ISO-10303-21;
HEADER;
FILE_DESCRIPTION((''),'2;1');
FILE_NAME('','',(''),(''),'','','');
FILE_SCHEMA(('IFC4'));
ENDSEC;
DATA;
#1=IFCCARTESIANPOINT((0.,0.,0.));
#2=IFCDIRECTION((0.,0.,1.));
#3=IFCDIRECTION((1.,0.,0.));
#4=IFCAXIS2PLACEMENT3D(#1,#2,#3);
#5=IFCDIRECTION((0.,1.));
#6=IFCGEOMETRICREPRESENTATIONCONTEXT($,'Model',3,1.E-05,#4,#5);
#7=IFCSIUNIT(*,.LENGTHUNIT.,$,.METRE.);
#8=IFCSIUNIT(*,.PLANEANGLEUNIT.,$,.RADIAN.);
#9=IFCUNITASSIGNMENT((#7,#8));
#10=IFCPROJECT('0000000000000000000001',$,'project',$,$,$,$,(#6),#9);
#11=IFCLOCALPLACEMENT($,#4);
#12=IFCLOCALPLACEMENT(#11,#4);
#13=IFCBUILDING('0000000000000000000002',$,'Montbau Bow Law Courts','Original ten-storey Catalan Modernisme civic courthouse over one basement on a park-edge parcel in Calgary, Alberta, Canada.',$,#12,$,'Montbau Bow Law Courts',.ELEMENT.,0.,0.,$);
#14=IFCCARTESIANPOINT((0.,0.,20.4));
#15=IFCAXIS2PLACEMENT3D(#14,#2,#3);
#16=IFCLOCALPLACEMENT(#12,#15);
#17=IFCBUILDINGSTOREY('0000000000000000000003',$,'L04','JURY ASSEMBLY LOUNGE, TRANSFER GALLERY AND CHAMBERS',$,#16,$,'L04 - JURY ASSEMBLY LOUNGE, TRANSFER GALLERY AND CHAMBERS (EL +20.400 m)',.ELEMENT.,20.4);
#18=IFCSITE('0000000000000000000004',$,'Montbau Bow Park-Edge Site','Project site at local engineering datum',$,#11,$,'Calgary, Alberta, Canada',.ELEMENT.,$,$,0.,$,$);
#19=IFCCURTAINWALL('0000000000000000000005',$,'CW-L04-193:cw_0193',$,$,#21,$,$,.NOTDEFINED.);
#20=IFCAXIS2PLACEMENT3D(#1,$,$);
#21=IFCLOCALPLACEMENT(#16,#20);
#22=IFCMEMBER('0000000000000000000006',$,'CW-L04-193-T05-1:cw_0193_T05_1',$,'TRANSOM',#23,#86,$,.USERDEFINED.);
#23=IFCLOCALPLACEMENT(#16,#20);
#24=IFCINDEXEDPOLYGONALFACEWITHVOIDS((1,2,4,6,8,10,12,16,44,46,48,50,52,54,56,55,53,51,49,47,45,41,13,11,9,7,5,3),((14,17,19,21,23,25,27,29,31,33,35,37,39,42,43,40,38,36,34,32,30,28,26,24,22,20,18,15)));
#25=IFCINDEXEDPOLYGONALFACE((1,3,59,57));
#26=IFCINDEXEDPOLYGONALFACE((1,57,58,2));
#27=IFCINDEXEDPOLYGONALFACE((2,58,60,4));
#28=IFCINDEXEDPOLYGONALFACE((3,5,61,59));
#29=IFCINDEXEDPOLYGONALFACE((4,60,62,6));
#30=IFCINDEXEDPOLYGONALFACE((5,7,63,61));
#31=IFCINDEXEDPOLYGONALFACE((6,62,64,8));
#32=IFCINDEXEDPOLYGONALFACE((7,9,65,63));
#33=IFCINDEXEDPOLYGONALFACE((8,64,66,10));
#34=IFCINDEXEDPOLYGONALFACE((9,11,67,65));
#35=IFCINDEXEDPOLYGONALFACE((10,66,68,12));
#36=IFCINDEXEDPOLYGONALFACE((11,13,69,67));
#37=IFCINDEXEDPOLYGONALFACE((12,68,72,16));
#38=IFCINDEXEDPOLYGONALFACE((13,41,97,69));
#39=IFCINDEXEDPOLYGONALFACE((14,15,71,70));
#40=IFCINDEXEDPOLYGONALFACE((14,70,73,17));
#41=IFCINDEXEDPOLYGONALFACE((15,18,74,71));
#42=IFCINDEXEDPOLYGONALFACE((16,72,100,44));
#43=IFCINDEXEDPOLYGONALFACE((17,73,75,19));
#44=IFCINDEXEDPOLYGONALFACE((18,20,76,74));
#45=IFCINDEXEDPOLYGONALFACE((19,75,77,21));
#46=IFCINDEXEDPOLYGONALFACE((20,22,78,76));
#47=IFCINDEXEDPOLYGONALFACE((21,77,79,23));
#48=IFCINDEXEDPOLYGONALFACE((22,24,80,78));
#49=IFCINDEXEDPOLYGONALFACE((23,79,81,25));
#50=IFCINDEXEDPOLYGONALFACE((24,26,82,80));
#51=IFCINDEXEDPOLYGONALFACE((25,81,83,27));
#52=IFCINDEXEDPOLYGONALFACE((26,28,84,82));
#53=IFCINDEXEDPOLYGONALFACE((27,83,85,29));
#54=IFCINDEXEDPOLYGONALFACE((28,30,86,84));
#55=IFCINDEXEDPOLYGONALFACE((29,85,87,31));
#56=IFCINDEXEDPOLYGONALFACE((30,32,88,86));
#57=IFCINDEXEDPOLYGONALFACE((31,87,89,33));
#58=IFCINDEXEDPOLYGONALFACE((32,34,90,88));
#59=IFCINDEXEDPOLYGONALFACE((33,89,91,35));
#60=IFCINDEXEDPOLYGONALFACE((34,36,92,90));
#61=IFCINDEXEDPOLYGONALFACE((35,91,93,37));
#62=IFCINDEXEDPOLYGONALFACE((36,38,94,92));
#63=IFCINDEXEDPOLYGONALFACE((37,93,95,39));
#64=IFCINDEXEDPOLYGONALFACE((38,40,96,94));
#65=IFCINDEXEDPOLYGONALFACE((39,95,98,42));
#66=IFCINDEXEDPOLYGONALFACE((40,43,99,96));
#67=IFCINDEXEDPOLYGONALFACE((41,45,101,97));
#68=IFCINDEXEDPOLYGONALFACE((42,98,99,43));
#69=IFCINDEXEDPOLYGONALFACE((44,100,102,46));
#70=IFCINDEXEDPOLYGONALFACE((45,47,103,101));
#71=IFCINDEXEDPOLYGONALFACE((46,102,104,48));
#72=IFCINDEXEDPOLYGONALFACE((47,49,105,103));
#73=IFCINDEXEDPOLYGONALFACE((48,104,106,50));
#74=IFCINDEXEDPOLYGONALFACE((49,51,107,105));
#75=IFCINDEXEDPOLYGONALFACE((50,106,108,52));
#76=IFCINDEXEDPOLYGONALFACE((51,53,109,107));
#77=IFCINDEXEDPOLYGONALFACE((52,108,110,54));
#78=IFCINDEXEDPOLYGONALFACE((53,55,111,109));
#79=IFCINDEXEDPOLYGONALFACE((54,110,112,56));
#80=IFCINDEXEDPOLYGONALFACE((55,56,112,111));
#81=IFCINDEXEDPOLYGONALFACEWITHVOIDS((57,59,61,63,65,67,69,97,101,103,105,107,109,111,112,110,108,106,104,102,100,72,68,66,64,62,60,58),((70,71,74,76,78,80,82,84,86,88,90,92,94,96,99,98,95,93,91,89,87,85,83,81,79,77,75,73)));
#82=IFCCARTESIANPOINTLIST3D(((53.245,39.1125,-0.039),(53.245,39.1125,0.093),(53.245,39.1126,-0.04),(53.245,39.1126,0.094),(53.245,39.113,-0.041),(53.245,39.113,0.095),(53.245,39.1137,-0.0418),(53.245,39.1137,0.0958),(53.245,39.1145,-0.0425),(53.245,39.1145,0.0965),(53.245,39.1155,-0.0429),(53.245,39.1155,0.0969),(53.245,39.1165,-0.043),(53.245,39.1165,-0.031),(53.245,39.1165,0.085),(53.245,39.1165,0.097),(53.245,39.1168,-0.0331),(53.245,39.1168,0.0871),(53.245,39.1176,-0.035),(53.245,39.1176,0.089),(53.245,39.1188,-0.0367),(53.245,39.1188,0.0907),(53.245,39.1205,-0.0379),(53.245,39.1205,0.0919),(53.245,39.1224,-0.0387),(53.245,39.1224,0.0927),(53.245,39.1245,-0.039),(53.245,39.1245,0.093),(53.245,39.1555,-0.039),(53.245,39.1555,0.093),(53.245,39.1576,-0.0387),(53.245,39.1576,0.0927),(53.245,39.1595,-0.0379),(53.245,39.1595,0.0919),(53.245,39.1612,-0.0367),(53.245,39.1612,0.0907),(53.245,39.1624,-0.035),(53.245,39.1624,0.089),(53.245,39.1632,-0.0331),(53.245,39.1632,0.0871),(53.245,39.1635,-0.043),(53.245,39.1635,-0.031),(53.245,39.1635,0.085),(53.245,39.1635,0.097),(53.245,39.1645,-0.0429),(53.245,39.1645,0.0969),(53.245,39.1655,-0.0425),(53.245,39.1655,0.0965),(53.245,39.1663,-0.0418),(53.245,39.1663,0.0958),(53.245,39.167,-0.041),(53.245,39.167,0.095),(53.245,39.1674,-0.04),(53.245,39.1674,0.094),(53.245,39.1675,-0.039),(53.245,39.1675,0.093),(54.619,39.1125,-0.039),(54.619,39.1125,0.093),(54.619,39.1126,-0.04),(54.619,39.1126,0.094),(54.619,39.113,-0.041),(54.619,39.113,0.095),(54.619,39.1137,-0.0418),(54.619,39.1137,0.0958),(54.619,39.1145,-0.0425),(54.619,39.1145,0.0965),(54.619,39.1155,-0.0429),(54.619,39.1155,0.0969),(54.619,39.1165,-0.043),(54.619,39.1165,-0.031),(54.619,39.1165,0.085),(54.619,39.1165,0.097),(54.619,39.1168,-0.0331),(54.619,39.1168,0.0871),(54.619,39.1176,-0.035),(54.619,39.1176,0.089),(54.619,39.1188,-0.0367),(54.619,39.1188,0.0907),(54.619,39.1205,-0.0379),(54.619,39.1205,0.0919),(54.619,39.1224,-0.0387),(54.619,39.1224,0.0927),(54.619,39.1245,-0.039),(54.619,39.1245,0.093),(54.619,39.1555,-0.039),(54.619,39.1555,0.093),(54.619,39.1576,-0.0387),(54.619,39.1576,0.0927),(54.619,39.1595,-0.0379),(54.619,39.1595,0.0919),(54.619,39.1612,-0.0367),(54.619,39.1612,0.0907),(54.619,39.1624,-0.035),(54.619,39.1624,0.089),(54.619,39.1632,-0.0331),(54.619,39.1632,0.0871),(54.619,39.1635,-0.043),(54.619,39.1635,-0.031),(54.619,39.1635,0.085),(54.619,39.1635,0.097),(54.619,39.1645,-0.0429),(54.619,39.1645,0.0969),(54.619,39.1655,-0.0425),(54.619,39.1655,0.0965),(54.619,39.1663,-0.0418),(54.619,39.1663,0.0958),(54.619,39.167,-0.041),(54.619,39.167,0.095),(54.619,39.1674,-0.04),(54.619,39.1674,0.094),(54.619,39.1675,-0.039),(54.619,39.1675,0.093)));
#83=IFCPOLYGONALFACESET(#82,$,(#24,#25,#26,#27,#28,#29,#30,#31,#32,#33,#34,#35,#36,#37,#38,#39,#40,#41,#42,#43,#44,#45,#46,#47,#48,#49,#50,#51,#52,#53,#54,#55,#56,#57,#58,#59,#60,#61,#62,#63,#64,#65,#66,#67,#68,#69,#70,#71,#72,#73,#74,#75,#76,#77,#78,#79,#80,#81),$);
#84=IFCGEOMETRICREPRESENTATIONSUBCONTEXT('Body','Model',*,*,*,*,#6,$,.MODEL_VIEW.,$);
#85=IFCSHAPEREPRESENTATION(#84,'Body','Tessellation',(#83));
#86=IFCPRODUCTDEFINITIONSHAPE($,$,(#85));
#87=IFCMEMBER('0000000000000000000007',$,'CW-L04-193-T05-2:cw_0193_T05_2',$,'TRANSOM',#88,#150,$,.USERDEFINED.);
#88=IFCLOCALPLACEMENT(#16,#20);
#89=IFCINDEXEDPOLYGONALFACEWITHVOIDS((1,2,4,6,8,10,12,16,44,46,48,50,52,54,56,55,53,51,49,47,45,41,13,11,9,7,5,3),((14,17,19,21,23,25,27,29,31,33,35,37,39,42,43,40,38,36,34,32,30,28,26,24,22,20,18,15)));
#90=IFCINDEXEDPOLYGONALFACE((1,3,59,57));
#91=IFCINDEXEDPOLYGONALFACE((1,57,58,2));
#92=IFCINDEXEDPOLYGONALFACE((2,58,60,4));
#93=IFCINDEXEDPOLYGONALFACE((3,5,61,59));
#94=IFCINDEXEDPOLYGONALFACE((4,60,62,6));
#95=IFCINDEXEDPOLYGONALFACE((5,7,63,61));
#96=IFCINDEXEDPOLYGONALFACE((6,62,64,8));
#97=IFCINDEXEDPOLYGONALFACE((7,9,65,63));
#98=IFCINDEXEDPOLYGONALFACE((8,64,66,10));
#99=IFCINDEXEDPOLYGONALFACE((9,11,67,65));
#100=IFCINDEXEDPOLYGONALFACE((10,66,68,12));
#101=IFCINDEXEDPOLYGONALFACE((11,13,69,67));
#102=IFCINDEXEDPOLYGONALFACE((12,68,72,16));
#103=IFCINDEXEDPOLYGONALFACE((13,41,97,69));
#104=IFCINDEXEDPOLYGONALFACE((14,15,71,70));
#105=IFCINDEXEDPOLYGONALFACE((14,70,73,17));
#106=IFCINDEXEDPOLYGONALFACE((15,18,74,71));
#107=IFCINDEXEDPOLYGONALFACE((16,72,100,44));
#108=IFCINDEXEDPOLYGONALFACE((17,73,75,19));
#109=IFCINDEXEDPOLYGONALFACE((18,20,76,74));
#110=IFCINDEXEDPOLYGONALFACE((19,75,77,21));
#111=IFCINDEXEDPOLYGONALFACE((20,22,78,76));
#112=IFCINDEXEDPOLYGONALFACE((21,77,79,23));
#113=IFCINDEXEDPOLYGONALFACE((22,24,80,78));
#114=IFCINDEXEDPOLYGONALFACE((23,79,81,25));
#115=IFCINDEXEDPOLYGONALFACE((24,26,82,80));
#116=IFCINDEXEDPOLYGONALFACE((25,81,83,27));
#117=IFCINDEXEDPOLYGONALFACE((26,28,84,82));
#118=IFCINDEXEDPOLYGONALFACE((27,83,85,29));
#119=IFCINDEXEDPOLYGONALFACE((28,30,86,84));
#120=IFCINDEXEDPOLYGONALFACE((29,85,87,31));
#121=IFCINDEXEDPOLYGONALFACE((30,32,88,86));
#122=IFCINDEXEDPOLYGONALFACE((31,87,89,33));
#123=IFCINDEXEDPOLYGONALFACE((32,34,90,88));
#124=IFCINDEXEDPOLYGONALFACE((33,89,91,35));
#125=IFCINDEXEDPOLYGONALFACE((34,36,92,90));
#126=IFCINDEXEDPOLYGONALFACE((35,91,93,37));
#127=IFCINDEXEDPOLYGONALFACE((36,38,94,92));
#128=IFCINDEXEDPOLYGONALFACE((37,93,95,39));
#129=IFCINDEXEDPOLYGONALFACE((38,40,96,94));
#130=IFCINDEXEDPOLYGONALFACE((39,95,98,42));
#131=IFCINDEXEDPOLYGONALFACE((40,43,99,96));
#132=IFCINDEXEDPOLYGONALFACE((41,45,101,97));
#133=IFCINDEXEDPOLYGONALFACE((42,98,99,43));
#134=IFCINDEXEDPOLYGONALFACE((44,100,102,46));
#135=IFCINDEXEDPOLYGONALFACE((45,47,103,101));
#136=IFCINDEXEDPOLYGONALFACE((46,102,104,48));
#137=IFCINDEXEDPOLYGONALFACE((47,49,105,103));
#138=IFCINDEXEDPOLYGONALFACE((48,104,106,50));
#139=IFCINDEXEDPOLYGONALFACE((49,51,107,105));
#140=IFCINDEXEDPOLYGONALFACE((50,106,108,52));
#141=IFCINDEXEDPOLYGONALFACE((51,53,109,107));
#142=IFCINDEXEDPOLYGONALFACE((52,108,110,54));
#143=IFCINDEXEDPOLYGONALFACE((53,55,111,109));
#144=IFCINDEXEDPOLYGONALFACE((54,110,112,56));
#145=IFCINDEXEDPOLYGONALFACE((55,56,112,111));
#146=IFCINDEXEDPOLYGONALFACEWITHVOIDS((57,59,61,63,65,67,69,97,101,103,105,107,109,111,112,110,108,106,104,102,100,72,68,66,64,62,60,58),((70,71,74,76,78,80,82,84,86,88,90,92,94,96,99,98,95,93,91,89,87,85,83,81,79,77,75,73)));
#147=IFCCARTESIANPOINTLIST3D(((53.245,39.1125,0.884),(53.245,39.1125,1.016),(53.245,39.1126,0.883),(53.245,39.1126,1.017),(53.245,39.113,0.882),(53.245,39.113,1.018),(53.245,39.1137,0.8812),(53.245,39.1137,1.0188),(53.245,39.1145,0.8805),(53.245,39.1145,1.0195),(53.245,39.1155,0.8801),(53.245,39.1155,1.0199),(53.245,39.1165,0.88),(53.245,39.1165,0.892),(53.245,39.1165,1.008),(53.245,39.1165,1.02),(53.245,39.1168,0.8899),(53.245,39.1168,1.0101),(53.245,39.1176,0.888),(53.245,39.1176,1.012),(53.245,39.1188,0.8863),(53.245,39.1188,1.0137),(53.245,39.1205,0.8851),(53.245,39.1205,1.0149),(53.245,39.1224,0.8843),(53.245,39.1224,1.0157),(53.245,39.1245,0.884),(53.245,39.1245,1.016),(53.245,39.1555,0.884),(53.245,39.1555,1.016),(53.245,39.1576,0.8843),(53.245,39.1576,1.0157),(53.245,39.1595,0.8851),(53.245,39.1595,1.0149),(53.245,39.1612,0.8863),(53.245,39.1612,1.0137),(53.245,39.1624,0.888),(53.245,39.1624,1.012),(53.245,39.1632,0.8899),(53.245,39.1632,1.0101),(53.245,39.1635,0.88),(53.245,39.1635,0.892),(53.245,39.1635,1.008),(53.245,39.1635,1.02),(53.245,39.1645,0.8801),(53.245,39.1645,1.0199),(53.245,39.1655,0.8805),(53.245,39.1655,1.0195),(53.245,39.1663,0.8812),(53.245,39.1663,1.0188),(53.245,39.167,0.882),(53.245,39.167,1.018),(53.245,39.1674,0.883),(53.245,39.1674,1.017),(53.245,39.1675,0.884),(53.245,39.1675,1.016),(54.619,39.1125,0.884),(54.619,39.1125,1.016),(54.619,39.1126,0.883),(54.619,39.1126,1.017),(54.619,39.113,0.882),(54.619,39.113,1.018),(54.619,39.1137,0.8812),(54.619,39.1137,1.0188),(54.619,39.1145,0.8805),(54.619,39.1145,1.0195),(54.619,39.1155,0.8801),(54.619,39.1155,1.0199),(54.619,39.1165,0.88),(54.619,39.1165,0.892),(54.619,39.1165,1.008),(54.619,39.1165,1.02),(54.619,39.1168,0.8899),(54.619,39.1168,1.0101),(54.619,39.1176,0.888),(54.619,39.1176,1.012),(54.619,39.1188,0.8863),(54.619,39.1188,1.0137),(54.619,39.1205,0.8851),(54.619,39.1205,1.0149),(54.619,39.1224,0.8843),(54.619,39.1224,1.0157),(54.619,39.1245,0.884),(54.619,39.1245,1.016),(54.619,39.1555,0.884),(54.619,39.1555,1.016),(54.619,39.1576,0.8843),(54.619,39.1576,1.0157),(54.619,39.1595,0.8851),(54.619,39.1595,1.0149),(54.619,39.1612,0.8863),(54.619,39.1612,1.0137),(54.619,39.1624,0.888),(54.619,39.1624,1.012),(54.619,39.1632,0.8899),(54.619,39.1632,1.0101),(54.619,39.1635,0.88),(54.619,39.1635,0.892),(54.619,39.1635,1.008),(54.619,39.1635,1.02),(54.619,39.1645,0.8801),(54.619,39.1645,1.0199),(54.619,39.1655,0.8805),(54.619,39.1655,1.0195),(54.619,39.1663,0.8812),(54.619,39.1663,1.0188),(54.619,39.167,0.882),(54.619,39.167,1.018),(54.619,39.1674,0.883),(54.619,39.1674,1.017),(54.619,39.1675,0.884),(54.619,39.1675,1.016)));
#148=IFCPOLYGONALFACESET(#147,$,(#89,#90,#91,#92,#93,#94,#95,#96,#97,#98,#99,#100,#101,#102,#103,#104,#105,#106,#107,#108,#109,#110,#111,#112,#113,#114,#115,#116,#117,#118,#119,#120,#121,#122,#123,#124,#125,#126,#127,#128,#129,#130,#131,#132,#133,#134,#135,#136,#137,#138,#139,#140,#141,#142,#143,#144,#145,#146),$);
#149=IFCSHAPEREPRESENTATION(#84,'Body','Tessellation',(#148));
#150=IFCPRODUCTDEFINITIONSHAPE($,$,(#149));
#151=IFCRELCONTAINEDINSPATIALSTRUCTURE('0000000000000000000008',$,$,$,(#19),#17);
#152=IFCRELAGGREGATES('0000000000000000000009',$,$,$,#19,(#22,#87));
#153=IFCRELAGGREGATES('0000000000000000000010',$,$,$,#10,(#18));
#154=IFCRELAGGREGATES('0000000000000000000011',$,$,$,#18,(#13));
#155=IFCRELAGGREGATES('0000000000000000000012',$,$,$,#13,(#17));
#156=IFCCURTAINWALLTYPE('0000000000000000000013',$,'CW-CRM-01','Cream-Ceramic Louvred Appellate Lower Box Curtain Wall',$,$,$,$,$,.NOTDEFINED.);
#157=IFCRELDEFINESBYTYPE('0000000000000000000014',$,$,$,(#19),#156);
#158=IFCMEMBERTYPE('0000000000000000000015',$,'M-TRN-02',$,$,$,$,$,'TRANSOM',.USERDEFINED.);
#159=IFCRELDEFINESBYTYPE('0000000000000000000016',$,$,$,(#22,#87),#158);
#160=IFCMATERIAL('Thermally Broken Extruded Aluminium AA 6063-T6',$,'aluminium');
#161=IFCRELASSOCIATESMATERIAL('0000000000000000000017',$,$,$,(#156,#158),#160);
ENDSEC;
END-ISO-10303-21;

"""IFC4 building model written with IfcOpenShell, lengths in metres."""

from ifc_helpers import new_model, si_unit, direction, frame, origin_with_axes, origin_2d_with_axis, place, context, subcontext, project, spatial, hollow_rectangle, extrude, material, material_profile, profile_set, type_object, element, aggregate, save


model = new_model("IFC4")

# Units and contexts
model_context = context("Model", 3, precision=1e-05, world=origin_with_axes(), true_north=direction((0.0, 1.0)))
body_context = subcontext(model_context, "Body", "Model", "MODEL_VIEW")
ifc_project = project(units=[si_unit("LENGTHUNIT", "METRE"), si_unit("PLANEANGLEUNIT", "RADIAN")], contexts=[model_context])

# Site, building, storey
site_placement = place(None, origin_with_axes())
site = spatial("IfcSite", under=ifc_project, at=site_placement, Name="Montbau Bow Park-Edge Site", Description="Project site at local engineering datum", LongName="Calgary, Alberta, Canada", CompositionType="ELEMENT", RefElevation=0.0)
building_placement = place(site_placement, origin_with_axes())
building = spatial("IfcBuilding", under=site, at=building_placement, Name="Montbau Bow Law Courts", Description="Original ten-storey Catalan Modernisme civic courthouse over one basement on a park-edge parcel in Calgary, Alberta, Canada.", LongName="Montbau Bow Law Courts", CompositionType="ELEMENT", ElevationOfRefHeight=0.0, ElevationOfTerrain=0.0)
storey_placement = place(building_placement, frame((0.0, 0.0, 20.4), z_axis=(0.0, 0.0, 1.0), x_axis=(1.0, 0.0, 0.0)))
storey = spatial("IfcBuildingStorey", under=building, at=storey_placement, Name="L04", Description="JURY ASSEMBLY LOUNGE, TRANSFER GALLERY AND CHAMBERS", LongName="L04 - JURY ASSEMBLY LOUNGE, TRANSFER GALLERY AND CHAMBERS (EL +20.400 m)", CompositionType="ELEMENT", Elevation=20.4)

# Curtain wall
ifc_material_1 = material(Name="Thermally Broken Extruded Aluminium AA 6063-T6", Category="aluminium")
curtain_wall_type = type_object("IfcCurtainWallType", Name="CW-CRM-01", Description="Cream-Ceramic Louvred Appellate Lower Box Curtain Wall", PredefinedType="NOTDEFINED", material=ifc_material_1)
curtain_wall_1_placement = place(None, frame((47.315, 39.14, 20.4), z_axis=(0.0, 0.0, 1.0), x_axis=(1.0, 0.0, 0.0)))
curtain_wall_1 = element("IfcCurtainWall", 1, at=curtain_wall_1_placement, inside=storey, type_object=curtain_wall_type, Name="CW-L04-193:cw_0193", PredefinedType="NOTDEFINED")

# Members
ifc_material_profile_1 = material_profile(ifc_material_1, hollow_rectangle(XDim=0.055, YDim=0.14, WallThickness=0.004, InnerFilletRadius=0.008, OuterFilletRadius=0.004, at=origin_2d_with_axis()), Name="CWT-140X55", Category="Main", Priority=0)
ifc_profile_set_1 = profile_set([ifc_material_profile_1], Name="Thermally Broken Extruded Aluminium AA 6063-T6")
member_type_1 = type_object("IfcMemberType", Name="M-TRN-02", ElementType="TRANSOM", PredefinedType="USERDEFINED", material=ifc_profile_set_1)
member_1_placement = place(None, frame((53.245, 39.14, 20.427), z_axis=(1.0, 0.0, 0.0), x_axis=(0.0, 1.0, 0.0)))
member_1 = element("IfcMember", 2, at=member_1_placement, type_object=member_type_1, Name="CW-L04-193-T05-1:cw_0193_T05_1", ObjectType="TRANSOM", PredefinedType="USERDEFINED", context=body_context, shape_type="SweptSolid", body=[
    extrude(hollow_rectangle(XDim=0.055, YDim=0.14, WallThickness=0.004, InnerFilletRadius=0.008, OuterFilletRadius=0.004, at=origin_2d_with_axis()), origin_with_axes(), (0.0, 0.0, 1.0), 1.374),
])
member_2_placement = place(None, frame((53.245, 39.14, 21.35), z_axis=(1.0, 0.0, 0.0), x_axis=(0.0, 1.0, 0.0)))
member_2 = element("IfcMember", 3, at=member_2_placement, type_object=member_type_1, Name="CW-L04-193-T05-2:cw_0193_T05_2", ObjectType="TRANSOM", PredefinedType="USERDEFINED", context=body_context, shape_type="SweptSolid", body=[
    extrude(hollow_rectangle(XDim=0.055, YDim=0.14, WallThickness=0.004, InnerFilletRadius=0.008, OuterFilletRadius=0.004, at=origin_2d_with_axis()), origin_with_axes(), (0.0, 0.0, 1.0), 1.374),
])

aggregate(curtain_wall_1, [member_1, member_2])

save(model, "model.ifc")
